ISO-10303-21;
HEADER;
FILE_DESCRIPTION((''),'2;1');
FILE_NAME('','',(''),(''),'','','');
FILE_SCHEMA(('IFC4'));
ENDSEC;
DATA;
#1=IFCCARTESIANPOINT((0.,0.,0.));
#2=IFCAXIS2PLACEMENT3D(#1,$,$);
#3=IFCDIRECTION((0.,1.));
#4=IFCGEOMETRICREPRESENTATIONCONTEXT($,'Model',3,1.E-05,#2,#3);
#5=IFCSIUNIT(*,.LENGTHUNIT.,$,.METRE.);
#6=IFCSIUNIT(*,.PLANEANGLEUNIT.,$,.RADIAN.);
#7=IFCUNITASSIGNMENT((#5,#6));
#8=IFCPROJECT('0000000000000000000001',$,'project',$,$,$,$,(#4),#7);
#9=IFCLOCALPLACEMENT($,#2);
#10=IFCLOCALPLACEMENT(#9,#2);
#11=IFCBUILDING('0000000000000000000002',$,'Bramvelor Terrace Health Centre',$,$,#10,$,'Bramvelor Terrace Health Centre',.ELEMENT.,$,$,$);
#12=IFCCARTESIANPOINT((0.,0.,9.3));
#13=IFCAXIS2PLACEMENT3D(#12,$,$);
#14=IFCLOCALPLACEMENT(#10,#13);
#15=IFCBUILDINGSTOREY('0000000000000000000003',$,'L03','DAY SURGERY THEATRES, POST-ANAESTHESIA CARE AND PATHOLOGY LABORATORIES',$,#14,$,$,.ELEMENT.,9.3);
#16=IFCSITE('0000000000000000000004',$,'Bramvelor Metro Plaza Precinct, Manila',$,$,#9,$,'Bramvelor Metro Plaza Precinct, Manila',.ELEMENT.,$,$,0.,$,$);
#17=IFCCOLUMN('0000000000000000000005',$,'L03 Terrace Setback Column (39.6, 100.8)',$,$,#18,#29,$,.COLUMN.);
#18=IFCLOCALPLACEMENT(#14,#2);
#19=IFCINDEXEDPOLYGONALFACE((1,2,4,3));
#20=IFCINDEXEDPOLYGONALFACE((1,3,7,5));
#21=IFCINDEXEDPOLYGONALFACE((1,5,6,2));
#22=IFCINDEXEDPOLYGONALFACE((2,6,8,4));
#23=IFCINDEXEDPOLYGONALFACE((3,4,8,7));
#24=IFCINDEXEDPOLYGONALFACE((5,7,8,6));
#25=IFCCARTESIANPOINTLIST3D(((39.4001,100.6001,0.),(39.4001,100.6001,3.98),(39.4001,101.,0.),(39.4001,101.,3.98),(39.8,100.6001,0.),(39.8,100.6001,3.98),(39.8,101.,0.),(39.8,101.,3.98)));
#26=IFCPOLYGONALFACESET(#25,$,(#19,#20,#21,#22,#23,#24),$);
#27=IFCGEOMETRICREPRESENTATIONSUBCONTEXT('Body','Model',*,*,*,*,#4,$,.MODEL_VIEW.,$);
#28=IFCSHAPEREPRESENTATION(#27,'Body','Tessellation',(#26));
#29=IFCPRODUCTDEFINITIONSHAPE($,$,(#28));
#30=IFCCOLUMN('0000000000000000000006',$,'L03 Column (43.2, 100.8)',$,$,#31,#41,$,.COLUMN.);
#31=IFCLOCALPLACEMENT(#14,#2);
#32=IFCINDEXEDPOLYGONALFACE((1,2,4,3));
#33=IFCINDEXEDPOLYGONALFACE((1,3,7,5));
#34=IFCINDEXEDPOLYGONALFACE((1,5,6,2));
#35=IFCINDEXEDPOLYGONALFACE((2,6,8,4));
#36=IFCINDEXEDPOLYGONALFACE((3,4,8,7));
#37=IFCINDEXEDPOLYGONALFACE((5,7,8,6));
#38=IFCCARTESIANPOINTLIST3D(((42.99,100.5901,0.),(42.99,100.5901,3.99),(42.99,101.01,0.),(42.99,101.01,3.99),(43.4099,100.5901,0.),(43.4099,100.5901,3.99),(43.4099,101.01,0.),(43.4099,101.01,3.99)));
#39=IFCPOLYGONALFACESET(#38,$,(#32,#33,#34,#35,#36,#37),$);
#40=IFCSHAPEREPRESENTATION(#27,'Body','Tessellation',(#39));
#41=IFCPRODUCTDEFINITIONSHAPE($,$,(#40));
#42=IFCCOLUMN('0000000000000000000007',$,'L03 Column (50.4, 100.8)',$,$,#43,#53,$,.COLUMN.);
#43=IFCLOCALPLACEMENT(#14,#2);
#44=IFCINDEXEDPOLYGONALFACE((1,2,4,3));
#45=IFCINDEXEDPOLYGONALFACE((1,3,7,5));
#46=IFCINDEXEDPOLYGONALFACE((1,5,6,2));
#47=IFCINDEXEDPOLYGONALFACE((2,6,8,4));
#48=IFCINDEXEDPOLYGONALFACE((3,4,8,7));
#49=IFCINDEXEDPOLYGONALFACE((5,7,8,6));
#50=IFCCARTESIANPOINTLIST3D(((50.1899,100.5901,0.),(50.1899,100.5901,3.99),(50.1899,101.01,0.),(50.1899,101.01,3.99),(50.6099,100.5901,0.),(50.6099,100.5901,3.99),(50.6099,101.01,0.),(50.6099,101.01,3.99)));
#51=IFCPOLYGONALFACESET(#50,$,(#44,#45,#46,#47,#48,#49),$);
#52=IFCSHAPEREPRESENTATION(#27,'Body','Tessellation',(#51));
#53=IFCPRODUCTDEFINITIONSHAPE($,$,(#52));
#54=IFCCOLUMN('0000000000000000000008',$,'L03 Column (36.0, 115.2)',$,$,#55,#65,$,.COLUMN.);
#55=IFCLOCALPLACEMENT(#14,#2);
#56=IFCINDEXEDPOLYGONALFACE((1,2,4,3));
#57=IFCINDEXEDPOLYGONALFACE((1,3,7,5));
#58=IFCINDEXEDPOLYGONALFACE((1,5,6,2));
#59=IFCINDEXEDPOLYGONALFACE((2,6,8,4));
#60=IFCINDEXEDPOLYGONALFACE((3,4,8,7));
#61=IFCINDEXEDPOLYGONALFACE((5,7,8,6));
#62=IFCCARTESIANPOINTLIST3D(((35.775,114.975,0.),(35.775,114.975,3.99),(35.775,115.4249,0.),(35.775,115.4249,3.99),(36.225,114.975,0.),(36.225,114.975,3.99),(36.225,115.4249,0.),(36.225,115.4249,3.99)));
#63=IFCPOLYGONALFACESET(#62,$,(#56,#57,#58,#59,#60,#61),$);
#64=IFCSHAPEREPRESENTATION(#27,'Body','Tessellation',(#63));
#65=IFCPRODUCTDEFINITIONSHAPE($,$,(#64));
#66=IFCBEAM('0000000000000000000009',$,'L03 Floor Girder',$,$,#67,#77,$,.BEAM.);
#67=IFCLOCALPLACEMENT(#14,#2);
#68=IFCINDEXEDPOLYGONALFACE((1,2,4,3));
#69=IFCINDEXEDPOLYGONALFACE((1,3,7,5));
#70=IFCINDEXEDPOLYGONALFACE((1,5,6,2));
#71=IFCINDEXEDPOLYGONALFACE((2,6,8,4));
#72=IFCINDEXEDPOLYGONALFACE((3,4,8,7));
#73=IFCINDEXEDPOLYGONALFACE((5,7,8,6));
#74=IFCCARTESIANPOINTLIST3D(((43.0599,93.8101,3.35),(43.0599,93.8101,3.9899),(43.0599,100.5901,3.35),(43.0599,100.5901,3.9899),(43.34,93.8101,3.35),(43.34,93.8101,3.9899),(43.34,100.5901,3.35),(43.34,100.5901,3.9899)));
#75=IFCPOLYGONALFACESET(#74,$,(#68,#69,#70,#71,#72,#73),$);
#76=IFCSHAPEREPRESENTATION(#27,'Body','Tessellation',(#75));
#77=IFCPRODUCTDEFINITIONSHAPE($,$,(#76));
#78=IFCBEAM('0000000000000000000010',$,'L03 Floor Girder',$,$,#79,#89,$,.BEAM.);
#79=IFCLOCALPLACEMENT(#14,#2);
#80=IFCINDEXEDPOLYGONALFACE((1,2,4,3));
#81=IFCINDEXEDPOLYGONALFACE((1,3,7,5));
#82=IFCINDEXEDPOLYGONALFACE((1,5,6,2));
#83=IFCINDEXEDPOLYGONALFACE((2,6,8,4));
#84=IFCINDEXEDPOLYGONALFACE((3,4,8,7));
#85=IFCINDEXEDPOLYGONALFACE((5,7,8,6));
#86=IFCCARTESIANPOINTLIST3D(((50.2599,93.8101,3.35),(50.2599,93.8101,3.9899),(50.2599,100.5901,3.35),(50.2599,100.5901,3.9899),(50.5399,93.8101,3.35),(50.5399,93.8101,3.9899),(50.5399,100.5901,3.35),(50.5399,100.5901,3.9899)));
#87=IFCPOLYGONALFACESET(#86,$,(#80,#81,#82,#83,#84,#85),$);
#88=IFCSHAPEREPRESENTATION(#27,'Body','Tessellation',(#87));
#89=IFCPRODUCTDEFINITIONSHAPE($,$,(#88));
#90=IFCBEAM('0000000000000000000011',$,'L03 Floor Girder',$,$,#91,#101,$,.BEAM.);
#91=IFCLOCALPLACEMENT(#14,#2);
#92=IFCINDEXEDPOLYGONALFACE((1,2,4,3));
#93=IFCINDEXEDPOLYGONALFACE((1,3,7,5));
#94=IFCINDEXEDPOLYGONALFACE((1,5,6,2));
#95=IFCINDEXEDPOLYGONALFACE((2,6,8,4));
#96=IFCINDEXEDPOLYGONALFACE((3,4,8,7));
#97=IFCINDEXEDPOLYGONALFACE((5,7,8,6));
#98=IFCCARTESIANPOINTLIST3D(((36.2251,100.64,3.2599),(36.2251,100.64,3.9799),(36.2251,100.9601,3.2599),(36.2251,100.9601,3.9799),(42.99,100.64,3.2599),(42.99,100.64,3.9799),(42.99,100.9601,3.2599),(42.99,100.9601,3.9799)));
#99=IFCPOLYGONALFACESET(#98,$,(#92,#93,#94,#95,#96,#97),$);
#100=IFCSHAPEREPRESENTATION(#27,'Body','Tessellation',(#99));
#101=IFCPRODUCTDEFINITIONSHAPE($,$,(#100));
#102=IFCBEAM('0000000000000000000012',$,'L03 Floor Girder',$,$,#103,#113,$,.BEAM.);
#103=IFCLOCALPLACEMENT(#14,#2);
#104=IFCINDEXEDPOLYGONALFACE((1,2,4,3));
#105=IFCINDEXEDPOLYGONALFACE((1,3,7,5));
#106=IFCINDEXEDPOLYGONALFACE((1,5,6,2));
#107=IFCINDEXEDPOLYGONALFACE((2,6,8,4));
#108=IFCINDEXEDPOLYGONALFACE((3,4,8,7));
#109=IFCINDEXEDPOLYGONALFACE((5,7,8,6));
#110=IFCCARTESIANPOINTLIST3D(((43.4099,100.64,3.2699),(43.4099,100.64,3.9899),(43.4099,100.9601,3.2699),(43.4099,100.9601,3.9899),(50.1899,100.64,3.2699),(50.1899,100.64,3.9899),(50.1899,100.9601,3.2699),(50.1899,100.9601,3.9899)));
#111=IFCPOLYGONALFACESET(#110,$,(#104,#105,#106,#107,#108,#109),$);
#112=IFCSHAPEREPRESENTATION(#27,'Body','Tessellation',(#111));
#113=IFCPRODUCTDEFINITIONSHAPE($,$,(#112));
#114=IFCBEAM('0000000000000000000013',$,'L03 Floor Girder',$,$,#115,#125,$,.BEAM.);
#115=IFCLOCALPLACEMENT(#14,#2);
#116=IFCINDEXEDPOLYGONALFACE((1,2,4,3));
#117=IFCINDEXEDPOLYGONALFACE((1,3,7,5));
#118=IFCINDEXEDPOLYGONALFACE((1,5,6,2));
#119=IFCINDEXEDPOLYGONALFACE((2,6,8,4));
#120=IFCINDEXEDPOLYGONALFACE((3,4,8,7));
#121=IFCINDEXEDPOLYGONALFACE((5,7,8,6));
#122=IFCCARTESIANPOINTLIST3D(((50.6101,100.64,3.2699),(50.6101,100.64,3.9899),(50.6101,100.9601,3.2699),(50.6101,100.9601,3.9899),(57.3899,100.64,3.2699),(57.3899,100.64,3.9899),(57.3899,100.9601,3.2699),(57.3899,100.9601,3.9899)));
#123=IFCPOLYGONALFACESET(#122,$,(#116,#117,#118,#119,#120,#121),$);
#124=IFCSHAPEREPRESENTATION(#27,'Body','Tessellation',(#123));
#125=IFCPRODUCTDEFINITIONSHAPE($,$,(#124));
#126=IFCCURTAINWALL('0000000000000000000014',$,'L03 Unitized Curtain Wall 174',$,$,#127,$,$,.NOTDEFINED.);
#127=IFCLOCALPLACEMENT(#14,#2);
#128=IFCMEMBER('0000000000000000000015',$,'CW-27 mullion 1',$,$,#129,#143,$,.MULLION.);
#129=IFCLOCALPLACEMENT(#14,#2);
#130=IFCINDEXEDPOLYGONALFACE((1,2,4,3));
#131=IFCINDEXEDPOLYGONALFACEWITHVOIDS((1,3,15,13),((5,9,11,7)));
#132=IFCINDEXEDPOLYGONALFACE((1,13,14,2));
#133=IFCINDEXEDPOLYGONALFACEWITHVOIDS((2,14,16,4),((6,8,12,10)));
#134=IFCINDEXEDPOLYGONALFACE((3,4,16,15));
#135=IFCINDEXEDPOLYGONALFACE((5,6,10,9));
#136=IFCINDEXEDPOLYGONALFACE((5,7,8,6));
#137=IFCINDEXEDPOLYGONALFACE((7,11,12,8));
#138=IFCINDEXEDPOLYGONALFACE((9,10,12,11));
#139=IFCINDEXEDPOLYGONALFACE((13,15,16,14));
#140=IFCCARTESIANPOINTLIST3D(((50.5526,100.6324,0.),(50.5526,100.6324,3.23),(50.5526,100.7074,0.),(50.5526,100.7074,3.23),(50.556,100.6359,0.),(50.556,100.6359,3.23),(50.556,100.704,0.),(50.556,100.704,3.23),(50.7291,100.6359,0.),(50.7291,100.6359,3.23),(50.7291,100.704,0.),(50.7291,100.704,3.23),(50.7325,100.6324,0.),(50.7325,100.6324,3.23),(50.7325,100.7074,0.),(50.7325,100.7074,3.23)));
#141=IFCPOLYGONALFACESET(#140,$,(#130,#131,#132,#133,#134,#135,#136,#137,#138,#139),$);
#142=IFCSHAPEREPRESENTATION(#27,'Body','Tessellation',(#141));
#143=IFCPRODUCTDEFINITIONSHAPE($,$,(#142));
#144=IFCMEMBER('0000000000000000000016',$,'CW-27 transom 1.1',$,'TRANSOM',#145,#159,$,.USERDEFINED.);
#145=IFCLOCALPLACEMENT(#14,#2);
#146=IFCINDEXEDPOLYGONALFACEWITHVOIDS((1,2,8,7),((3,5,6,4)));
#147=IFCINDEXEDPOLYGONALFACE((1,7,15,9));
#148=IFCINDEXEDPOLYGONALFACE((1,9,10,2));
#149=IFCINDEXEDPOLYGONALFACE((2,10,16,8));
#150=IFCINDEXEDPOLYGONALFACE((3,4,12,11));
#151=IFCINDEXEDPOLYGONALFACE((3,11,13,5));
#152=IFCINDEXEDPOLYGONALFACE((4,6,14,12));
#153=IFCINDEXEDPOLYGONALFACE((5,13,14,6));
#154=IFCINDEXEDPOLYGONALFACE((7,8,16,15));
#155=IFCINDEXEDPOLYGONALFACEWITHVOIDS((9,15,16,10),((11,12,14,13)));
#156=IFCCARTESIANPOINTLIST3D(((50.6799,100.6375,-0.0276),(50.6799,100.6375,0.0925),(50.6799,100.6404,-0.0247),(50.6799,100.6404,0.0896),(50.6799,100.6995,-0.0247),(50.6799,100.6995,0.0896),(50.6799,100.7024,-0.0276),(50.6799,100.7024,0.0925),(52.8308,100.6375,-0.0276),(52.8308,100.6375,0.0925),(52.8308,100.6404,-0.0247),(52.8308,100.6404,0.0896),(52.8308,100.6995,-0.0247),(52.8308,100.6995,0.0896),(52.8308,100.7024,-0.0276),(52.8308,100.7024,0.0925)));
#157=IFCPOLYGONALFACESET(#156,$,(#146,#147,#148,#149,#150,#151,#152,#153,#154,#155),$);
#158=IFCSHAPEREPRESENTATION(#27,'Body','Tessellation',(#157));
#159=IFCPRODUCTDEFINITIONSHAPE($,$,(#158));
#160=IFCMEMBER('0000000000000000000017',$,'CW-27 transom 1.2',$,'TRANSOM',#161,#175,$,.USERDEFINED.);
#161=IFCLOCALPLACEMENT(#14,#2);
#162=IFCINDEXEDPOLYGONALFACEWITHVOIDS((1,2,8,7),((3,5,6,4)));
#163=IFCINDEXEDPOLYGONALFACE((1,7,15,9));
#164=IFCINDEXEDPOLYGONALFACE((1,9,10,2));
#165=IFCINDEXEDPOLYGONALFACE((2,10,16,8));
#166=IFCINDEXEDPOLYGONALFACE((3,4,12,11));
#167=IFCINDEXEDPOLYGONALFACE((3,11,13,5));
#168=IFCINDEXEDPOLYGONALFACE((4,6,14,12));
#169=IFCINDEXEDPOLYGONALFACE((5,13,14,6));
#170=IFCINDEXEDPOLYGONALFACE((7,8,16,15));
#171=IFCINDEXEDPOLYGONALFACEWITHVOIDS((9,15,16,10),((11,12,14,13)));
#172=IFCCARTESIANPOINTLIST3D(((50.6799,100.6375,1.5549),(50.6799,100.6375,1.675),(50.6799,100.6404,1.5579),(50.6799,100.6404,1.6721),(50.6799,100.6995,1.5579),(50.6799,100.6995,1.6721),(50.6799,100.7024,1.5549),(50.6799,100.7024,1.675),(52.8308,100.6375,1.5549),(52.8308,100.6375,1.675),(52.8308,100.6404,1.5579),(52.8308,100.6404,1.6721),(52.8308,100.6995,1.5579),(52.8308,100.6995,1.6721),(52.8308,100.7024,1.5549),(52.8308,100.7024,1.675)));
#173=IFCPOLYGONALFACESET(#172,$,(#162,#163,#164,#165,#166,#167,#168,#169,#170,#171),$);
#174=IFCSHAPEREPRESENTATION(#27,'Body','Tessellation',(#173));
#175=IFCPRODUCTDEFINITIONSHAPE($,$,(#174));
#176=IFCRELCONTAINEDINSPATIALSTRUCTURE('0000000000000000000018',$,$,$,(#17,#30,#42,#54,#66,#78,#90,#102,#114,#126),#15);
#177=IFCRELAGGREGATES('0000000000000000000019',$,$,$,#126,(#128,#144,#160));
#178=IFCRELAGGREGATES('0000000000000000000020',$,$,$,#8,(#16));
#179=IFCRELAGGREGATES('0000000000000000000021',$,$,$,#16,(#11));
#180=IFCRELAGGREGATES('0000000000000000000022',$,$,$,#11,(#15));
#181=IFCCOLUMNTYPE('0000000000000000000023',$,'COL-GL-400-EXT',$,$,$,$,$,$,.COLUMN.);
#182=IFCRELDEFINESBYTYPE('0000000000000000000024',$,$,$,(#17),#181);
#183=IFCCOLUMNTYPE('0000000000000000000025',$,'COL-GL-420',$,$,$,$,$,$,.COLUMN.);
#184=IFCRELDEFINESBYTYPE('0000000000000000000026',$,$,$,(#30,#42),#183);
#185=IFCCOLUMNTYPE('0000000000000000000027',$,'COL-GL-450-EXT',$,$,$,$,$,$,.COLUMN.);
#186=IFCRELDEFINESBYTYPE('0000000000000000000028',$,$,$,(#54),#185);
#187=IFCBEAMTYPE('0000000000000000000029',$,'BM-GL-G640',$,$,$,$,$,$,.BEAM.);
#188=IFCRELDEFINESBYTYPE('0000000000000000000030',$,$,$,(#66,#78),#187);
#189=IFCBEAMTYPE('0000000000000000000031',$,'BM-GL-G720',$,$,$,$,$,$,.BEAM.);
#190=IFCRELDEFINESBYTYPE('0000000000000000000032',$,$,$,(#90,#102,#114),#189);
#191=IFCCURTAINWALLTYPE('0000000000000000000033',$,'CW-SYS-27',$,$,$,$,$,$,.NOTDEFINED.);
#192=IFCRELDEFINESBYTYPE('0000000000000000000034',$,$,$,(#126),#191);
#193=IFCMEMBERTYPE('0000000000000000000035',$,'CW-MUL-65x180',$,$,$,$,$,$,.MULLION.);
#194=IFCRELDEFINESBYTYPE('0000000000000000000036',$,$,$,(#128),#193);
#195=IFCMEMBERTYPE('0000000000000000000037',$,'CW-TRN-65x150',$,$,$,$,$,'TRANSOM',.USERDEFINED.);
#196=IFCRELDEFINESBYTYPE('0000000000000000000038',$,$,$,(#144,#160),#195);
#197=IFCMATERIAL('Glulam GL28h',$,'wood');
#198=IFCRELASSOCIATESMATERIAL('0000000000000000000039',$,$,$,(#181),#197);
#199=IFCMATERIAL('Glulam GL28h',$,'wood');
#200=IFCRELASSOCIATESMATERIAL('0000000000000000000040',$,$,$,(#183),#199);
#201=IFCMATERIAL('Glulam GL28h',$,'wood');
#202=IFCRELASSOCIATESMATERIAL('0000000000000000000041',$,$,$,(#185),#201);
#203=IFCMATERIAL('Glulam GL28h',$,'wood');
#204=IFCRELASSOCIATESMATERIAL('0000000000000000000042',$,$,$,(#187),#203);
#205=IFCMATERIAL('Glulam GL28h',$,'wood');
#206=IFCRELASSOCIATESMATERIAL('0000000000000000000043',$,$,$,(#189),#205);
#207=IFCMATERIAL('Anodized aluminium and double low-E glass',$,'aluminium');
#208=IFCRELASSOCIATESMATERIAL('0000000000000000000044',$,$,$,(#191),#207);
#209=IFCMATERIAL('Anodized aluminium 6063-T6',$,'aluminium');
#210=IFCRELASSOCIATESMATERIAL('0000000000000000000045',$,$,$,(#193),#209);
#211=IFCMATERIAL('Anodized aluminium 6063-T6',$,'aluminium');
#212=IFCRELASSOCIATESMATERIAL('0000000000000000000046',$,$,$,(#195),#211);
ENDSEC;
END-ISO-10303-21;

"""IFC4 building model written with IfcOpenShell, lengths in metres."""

from ifc_helpers import new_model, si_unit, direction, frame, origin, origin_2d, place, context, subcontext, project, spatial, rectangle, hollow_rectangle, extrude, material, material_profile, profile_set, type_object, element, aggregate, save


model = new_model("IFC4")

# Units and contexts
model_context = context("Model", 3, precision=1e-05, world=origin(), true_north=direction((0.0, 1.0)))
body_context = subcontext(model_context, "Body", "Model", "MODEL_VIEW")
ifc_project = project(units=[si_unit("LENGTHUNIT", "METRE"), si_unit("PLANEANGLEUNIT", "RADIAN")], contexts=[model_context])

# Site, building, storey
site_placement = place(None, origin())
site = spatial("IfcSite", under=ifc_project, at=site_placement, Name="Bramvelor Metro Plaza Precinct, Manila", LongName="Bramvelor Metro Plaza Precinct, Manila", CompositionType="ELEMENT", RefElevation=0.0)
building_placement = place(site_placement, origin())
building = spatial("IfcBuilding", under=site, at=building_placement, Name="Bramvelor Terrace Health Centre", LongName="Bramvelor Terrace Health Centre", CompositionType="ELEMENT")
storey_placement = place(building_placement, frame((0.0, 0.0, 9.3)))
storey = spatial("IfcBuildingStorey", under=building, at=storey_placement, Name="L03", Description="DAY SURGERY THEATRES, POST-ANAESTHESIA CARE AND PATHOLOGY LABORATORIES", CompositionType="ELEMENT", Elevation=9.3)

# Columns
ifc_material_1 = material(Name="Glulam GL28h", Category="wood")
ifc_material_profile_1 = material_profile(ifc_material_1, rectangle(XDim=0.3999, YDim=0.3999, at=origin_2d()), Name="GL 400x400")
ifc_profile_set_1 = profile_set([ifc_material_profile_1], Name="Glulam GL28h")
column_type_1 = type_object("IfcColumnType", Name="COL-GL-400-EXT", PredefinedType="COLUMN", material=ifc_profile_set_1)
column_1_placement = place(storey_placement, frame((39.6001, 100.8, 0.0), z_axis=(0.0, 0.0, 1.0), x_axis=(1.0, 0.0, 0.0)))
element("IfcColumn", 1, at=column_1_placement, inside=storey, type_object=column_type_1, Name="L03 Terrace Setback Column (39.6, 100.8)", PredefinedType="COLUMN", context=body_context, shape_type="SweptSolid", body=[
    extrude(rectangle(XDim=0.3999, YDim=0.3999, at=origin_2d()), origin(), (0.0, 0.0, 1.0), 3.98),
])
ifc_material_2 = material(Name="Glulam GL28h", Category="wood")
ifc_material_profile_2 = material_profile(ifc_material_2, rectangle(XDim=0.4199, YDim=0.4199, at=origin_2d()), Name="GL 420x420")
ifc_profile_set_2 = profile_set([ifc_material_profile_2], Name="Glulam GL28h")
column_type_2 = type_object("IfcColumnType", Name="COL-GL-420", PredefinedType="COLUMN", material=ifc_profile_set_2)
for number, where, z_axis, x_axis, name in (
    (2, (43.2, 100.8, 0.0), (0.0, 0.0, 1.0), (1.0, 0.0, 0.0), "L03 Column (43.2, 100.8)"),
    (3, (50.3999, 100.8, 0.0), (0.0, 0.0, 1.0), (1.0, 0.0, 0.0), "L03 Column (50.4, 100.8)"),
):
    element("IfcColumn", number, at=place(storey_placement, frame(where, z_axis=z_axis, x_axis=x_axis)), inside=storey, type_object=column_type_2, Name=name, PredefinedType="COLUMN", context=body_context, shape_type="SweptSolid", body=[
        extrude(rectangle(XDim=0.4199, YDim=0.4199, at=origin_2d()), origin(), (0.0, 0.0, 1.0), 3.99),
    ])
ifc_material_3 = material(Name="Glulam GL28h", Category="wood")
ifc_material_profile_3 = material_profile(ifc_material_3, rectangle(XDim=0.45, YDim=0.45, at=origin_2d()), Name="GL 450x450")
ifc_profile_set_3 = profile_set([ifc_material_profile_3], Name="Glulam GL28h")
column_type_3 = type_object("IfcColumnType", Name="COL-GL-450-EXT", PredefinedType="COLUMN", material=ifc_profile_set_3)
column_2_placement = place(storey_placement, frame((36.0, 115.2, 0.0), z_axis=(0.0, 0.0, 1.0), x_axis=(1.0, 0.0, 0.0)))
element("IfcColumn", 4, at=column_2_placement, inside=storey, type_object=column_type_3, Name="L03 Column (36.0, 115.2)", PredefinedType="COLUMN", context=body_context, shape_type="SweptSolid", body=[
    extrude(rectangle(XDim=0.45, YDim=0.45, at=origin_2d()), origin(), (0.0, 0.0, 1.0), 3.99),
])

# Beams
ifc_material_4 = material(Name="Glulam GL28h", Category="wood")
ifc_material_profile_4 = material_profile(ifc_material_4, rectangle(XDim=0.28, YDim=0.6399, at=origin_2d()), Name="GL 280x640")
ifc_profile_set_4 = profile_set([ifc_material_profile_4], Name="Glulam GL28h")
beam_type_1 = type_object("IfcBeamType", Name="BM-GL-G640", PredefinedType="BEAM", material=ifc_profile_set_4)
for number, where, z_axis, x_axis, name in (
    (5, (43.2, 93.8101, 3.6699), (0.0, 1.0, 0.0), (-1.0, 0.0, 0.0), "L03 Floor Girder"),
    (6, (50.3999, 93.8101, 3.6699), (0.0, 1.0, 0.0), (-1.0, 0.0, 0.0), "L03 Floor Girder"),
):
    element("IfcBeam", number, at=place(storey_placement, frame(where, z_axis=z_axis, x_axis=x_axis)), inside=storey, type_object=beam_type_1, Name=name, PredefinedType="BEAM", context=body_context, shape_type="SweptSolid", body=[
        extrude(rectangle(XDim=0.28, YDim=0.6399, at=origin_2d()), origin(), (0.0, 0.0, 1.0), 6.78),
    ])
ifc_material_5 = material(Name="Glulam GL28h", Category="wood")
ifc_material_profile_5 = material_profile(ifc_material_5, rectangle(XDim=0.3201, YDim=0.72, at=origin_2d()), Name="GL 320x720")
ifc_profile_set_5 = profile_set([ifc_material_profile_5], Name="Glulam GL28h")
beam_type_2 = type_object("IfcBeamType", Name="BM-GL-G720", PredefinedType="BEAM", material=ifc_profile_set_5)
beam_1_placement = place(storey_placement, frame((36.2251, 100.8, 3.6199), z_axis=(1.0, 0.0, 0.0), x_axis=(0.0, 1.0, 0.0)))
element("IfcBeam", 7, at=beam_1_placement, inside=storey, type_object=beam_type_2, Name="L03 Floor Girder", PredefinedType="BEAM", context=body_context, shape_type="SweptSolid", body=[
    extrude(rectangle(XDim=0.3201, YDim=0.72, at=origin_2d()), origin(), (0.0, 0.0, 1.0), 6.7649),
])
beam_2_placement = place(storey_placement, frame((43.4099, 100.8, 3.6299), z_axis=(1.0, 0.0, 0.0), x_axis=(0.0, 1.0, 0.0)))
element("IfcBeam", 8, at=beam_2_placement, inside=storey, type_object=beam_type_2, Name="L03 Floor Girder", PredefinedType="BEAM", context=body_context, shape_type="SweptSolid", body=[
    extrude(rectangle(XDim=0.3201, YDim=0.72, at=origin_2d()), origin(), (0.0, 0.0, 1.0), 6.78),
])
beam_3_placement = place(storey_placement, frame((50.6101, 100.8, 3.6299), z_axis=(1.0, 0.0, 0.0), x_axis=(0.0, 1.0, 0.0)))
element("IfcBeam", 9, at=beam_3_placement, inside=storey, type_object=beam_type_2, Name="L03 Floor Girder", PredefinedType="BEAM", context=body_context, shape_type="SweptSolid", body=[
    extrude(rectangle(XDim=0.3201, YDim=0.72, at=origin_2d()), origin(), (0.0, 0.0, 1.0), 6.7798),
])

# Curtain wall, members
ifc_material_6 = material(Name="Anodized aluminium and double low-E glass", Category="aluminium")
curtain_wall_type = type_object("IfcCurtainWallType", Name="CW-SYS-27", PredefinedType="NOTDEFINED", material=ifc_material_6)
curtain_wall_placement = place(storey_placement, origin())
curtain_wall = element("IfcCurtainWall", 10, at=curtain_wall_placement, inside=storey, type_object=curtain_wall_type, Name="L03 Unitized Curtain Wall 174", PredefinedType="NOTDEFINED")
ifc_material_7 = material(Name="Anodized aluminium 6063-T6", Category="aluminium")
ifc_material_profile_6 = material_profile(ifc_material_7, hollow_rectangle(XDim=0.075, YDim=0.1799, WallThickness=0.0034, at=origin_2d()), Name="ALU-MUL 75x180x3.5")
ifc_profile_set_6 = profile_set([ifc_material_profile_6], Name="Anodized aluminium 6063-T6")
member_type_1 = type_object("IfcMemberType", Name="CW-MUL-65x180", PredefinedType="MULLION", material=ifc_profile_set_6)
member_1_placement = place(storey_placement, frame((50.6426, 100.6699, 0.0), z_axis=(0.0, 0.0, 1.0), x_axis=(0.0, 1.0, 0.0)))
member_1 = element("IfcMember", 11, at=member_1_placement, type_object=member_type_1, Name="CW-27 mullion 1", PredefinedType="MULLION", context=body_context, shape_type="SweptSolid", body=[
    extrude(hollow_rectangle(XDim=0.075, YDim=0.1799, WallThickness=0.0034, at=origin_2d()), origin(), (0.0, 0.0, 1.0), 3.23),
])
ifc_material_8 = material(Name="Anodized aluminium 6063-T6", Category="aluminium")
ifc_material_profile_7 = material_profile(ifc_material_8, hollow_rectangle(XDim=0.0649, YDim=0.1201, WallThickness=0.0029, at=origin_2d()), Name="ALU-TRN 65x120x3.0")
ifc_profile_set_7 = profile_set([ifc_material_profile_7], Name="Anodized aluminium 6063-T6")
member_type_2 = type_object("IfcMemberType", Name="CW-TRN-65x150", ElementType="TRANSOM", PredefinedType="USERDEFINED", material=ifc_profile_set_7)
member_2_placement = place(storey_placement, frame((50.6799, 100.6699, 0.0325), z_axis=(1.0, 0.0, 0.0), x_axis=(0.0, 1.0, 0.0)))
member_2 = element("IfcMember", 12, at=member_2_placement, type_object=member_type_2, Name="CW-27 transom 1.1", ObjectType="TRANSOM", PredefinedType="USERDEFINED", context=body_context, shape_type="SweptSolid", body=[
    extrude(hollow_rectangle(XDim=0.0649, YDim=0.1201, WallThickness=0.0029, at=origin_2d()), origin(), (0.0, 0.0, 1.0), 2.1509),
])
member_3_placement = place(storey_placement, frame((50.6799, 100.6699, 1.615), z_axis=(1.0, 0.0, 0.0), x_axis=(0.0, 1.0, 0.0)))
member_3 = element("IfcMember", 13, at=member_3_placement, type_object=member_type_2, Name="CW-27 transom 1.2", ObjectType="TRANSOM", PredefinedType="USERDEFINED", context=body_context, shape_type="SweptSolid", body=[
    extrude(hollow_rectangle(XDim=0.0649, YDim=0.1201, WallThickness=0.0029, at=origin_2d()), origin(), (0.0, 0.0, 1.0), 2.1509),
])
aggregate(curtain_wall, [member_1, member_2, member_3])

save(model, "model.ifc")
